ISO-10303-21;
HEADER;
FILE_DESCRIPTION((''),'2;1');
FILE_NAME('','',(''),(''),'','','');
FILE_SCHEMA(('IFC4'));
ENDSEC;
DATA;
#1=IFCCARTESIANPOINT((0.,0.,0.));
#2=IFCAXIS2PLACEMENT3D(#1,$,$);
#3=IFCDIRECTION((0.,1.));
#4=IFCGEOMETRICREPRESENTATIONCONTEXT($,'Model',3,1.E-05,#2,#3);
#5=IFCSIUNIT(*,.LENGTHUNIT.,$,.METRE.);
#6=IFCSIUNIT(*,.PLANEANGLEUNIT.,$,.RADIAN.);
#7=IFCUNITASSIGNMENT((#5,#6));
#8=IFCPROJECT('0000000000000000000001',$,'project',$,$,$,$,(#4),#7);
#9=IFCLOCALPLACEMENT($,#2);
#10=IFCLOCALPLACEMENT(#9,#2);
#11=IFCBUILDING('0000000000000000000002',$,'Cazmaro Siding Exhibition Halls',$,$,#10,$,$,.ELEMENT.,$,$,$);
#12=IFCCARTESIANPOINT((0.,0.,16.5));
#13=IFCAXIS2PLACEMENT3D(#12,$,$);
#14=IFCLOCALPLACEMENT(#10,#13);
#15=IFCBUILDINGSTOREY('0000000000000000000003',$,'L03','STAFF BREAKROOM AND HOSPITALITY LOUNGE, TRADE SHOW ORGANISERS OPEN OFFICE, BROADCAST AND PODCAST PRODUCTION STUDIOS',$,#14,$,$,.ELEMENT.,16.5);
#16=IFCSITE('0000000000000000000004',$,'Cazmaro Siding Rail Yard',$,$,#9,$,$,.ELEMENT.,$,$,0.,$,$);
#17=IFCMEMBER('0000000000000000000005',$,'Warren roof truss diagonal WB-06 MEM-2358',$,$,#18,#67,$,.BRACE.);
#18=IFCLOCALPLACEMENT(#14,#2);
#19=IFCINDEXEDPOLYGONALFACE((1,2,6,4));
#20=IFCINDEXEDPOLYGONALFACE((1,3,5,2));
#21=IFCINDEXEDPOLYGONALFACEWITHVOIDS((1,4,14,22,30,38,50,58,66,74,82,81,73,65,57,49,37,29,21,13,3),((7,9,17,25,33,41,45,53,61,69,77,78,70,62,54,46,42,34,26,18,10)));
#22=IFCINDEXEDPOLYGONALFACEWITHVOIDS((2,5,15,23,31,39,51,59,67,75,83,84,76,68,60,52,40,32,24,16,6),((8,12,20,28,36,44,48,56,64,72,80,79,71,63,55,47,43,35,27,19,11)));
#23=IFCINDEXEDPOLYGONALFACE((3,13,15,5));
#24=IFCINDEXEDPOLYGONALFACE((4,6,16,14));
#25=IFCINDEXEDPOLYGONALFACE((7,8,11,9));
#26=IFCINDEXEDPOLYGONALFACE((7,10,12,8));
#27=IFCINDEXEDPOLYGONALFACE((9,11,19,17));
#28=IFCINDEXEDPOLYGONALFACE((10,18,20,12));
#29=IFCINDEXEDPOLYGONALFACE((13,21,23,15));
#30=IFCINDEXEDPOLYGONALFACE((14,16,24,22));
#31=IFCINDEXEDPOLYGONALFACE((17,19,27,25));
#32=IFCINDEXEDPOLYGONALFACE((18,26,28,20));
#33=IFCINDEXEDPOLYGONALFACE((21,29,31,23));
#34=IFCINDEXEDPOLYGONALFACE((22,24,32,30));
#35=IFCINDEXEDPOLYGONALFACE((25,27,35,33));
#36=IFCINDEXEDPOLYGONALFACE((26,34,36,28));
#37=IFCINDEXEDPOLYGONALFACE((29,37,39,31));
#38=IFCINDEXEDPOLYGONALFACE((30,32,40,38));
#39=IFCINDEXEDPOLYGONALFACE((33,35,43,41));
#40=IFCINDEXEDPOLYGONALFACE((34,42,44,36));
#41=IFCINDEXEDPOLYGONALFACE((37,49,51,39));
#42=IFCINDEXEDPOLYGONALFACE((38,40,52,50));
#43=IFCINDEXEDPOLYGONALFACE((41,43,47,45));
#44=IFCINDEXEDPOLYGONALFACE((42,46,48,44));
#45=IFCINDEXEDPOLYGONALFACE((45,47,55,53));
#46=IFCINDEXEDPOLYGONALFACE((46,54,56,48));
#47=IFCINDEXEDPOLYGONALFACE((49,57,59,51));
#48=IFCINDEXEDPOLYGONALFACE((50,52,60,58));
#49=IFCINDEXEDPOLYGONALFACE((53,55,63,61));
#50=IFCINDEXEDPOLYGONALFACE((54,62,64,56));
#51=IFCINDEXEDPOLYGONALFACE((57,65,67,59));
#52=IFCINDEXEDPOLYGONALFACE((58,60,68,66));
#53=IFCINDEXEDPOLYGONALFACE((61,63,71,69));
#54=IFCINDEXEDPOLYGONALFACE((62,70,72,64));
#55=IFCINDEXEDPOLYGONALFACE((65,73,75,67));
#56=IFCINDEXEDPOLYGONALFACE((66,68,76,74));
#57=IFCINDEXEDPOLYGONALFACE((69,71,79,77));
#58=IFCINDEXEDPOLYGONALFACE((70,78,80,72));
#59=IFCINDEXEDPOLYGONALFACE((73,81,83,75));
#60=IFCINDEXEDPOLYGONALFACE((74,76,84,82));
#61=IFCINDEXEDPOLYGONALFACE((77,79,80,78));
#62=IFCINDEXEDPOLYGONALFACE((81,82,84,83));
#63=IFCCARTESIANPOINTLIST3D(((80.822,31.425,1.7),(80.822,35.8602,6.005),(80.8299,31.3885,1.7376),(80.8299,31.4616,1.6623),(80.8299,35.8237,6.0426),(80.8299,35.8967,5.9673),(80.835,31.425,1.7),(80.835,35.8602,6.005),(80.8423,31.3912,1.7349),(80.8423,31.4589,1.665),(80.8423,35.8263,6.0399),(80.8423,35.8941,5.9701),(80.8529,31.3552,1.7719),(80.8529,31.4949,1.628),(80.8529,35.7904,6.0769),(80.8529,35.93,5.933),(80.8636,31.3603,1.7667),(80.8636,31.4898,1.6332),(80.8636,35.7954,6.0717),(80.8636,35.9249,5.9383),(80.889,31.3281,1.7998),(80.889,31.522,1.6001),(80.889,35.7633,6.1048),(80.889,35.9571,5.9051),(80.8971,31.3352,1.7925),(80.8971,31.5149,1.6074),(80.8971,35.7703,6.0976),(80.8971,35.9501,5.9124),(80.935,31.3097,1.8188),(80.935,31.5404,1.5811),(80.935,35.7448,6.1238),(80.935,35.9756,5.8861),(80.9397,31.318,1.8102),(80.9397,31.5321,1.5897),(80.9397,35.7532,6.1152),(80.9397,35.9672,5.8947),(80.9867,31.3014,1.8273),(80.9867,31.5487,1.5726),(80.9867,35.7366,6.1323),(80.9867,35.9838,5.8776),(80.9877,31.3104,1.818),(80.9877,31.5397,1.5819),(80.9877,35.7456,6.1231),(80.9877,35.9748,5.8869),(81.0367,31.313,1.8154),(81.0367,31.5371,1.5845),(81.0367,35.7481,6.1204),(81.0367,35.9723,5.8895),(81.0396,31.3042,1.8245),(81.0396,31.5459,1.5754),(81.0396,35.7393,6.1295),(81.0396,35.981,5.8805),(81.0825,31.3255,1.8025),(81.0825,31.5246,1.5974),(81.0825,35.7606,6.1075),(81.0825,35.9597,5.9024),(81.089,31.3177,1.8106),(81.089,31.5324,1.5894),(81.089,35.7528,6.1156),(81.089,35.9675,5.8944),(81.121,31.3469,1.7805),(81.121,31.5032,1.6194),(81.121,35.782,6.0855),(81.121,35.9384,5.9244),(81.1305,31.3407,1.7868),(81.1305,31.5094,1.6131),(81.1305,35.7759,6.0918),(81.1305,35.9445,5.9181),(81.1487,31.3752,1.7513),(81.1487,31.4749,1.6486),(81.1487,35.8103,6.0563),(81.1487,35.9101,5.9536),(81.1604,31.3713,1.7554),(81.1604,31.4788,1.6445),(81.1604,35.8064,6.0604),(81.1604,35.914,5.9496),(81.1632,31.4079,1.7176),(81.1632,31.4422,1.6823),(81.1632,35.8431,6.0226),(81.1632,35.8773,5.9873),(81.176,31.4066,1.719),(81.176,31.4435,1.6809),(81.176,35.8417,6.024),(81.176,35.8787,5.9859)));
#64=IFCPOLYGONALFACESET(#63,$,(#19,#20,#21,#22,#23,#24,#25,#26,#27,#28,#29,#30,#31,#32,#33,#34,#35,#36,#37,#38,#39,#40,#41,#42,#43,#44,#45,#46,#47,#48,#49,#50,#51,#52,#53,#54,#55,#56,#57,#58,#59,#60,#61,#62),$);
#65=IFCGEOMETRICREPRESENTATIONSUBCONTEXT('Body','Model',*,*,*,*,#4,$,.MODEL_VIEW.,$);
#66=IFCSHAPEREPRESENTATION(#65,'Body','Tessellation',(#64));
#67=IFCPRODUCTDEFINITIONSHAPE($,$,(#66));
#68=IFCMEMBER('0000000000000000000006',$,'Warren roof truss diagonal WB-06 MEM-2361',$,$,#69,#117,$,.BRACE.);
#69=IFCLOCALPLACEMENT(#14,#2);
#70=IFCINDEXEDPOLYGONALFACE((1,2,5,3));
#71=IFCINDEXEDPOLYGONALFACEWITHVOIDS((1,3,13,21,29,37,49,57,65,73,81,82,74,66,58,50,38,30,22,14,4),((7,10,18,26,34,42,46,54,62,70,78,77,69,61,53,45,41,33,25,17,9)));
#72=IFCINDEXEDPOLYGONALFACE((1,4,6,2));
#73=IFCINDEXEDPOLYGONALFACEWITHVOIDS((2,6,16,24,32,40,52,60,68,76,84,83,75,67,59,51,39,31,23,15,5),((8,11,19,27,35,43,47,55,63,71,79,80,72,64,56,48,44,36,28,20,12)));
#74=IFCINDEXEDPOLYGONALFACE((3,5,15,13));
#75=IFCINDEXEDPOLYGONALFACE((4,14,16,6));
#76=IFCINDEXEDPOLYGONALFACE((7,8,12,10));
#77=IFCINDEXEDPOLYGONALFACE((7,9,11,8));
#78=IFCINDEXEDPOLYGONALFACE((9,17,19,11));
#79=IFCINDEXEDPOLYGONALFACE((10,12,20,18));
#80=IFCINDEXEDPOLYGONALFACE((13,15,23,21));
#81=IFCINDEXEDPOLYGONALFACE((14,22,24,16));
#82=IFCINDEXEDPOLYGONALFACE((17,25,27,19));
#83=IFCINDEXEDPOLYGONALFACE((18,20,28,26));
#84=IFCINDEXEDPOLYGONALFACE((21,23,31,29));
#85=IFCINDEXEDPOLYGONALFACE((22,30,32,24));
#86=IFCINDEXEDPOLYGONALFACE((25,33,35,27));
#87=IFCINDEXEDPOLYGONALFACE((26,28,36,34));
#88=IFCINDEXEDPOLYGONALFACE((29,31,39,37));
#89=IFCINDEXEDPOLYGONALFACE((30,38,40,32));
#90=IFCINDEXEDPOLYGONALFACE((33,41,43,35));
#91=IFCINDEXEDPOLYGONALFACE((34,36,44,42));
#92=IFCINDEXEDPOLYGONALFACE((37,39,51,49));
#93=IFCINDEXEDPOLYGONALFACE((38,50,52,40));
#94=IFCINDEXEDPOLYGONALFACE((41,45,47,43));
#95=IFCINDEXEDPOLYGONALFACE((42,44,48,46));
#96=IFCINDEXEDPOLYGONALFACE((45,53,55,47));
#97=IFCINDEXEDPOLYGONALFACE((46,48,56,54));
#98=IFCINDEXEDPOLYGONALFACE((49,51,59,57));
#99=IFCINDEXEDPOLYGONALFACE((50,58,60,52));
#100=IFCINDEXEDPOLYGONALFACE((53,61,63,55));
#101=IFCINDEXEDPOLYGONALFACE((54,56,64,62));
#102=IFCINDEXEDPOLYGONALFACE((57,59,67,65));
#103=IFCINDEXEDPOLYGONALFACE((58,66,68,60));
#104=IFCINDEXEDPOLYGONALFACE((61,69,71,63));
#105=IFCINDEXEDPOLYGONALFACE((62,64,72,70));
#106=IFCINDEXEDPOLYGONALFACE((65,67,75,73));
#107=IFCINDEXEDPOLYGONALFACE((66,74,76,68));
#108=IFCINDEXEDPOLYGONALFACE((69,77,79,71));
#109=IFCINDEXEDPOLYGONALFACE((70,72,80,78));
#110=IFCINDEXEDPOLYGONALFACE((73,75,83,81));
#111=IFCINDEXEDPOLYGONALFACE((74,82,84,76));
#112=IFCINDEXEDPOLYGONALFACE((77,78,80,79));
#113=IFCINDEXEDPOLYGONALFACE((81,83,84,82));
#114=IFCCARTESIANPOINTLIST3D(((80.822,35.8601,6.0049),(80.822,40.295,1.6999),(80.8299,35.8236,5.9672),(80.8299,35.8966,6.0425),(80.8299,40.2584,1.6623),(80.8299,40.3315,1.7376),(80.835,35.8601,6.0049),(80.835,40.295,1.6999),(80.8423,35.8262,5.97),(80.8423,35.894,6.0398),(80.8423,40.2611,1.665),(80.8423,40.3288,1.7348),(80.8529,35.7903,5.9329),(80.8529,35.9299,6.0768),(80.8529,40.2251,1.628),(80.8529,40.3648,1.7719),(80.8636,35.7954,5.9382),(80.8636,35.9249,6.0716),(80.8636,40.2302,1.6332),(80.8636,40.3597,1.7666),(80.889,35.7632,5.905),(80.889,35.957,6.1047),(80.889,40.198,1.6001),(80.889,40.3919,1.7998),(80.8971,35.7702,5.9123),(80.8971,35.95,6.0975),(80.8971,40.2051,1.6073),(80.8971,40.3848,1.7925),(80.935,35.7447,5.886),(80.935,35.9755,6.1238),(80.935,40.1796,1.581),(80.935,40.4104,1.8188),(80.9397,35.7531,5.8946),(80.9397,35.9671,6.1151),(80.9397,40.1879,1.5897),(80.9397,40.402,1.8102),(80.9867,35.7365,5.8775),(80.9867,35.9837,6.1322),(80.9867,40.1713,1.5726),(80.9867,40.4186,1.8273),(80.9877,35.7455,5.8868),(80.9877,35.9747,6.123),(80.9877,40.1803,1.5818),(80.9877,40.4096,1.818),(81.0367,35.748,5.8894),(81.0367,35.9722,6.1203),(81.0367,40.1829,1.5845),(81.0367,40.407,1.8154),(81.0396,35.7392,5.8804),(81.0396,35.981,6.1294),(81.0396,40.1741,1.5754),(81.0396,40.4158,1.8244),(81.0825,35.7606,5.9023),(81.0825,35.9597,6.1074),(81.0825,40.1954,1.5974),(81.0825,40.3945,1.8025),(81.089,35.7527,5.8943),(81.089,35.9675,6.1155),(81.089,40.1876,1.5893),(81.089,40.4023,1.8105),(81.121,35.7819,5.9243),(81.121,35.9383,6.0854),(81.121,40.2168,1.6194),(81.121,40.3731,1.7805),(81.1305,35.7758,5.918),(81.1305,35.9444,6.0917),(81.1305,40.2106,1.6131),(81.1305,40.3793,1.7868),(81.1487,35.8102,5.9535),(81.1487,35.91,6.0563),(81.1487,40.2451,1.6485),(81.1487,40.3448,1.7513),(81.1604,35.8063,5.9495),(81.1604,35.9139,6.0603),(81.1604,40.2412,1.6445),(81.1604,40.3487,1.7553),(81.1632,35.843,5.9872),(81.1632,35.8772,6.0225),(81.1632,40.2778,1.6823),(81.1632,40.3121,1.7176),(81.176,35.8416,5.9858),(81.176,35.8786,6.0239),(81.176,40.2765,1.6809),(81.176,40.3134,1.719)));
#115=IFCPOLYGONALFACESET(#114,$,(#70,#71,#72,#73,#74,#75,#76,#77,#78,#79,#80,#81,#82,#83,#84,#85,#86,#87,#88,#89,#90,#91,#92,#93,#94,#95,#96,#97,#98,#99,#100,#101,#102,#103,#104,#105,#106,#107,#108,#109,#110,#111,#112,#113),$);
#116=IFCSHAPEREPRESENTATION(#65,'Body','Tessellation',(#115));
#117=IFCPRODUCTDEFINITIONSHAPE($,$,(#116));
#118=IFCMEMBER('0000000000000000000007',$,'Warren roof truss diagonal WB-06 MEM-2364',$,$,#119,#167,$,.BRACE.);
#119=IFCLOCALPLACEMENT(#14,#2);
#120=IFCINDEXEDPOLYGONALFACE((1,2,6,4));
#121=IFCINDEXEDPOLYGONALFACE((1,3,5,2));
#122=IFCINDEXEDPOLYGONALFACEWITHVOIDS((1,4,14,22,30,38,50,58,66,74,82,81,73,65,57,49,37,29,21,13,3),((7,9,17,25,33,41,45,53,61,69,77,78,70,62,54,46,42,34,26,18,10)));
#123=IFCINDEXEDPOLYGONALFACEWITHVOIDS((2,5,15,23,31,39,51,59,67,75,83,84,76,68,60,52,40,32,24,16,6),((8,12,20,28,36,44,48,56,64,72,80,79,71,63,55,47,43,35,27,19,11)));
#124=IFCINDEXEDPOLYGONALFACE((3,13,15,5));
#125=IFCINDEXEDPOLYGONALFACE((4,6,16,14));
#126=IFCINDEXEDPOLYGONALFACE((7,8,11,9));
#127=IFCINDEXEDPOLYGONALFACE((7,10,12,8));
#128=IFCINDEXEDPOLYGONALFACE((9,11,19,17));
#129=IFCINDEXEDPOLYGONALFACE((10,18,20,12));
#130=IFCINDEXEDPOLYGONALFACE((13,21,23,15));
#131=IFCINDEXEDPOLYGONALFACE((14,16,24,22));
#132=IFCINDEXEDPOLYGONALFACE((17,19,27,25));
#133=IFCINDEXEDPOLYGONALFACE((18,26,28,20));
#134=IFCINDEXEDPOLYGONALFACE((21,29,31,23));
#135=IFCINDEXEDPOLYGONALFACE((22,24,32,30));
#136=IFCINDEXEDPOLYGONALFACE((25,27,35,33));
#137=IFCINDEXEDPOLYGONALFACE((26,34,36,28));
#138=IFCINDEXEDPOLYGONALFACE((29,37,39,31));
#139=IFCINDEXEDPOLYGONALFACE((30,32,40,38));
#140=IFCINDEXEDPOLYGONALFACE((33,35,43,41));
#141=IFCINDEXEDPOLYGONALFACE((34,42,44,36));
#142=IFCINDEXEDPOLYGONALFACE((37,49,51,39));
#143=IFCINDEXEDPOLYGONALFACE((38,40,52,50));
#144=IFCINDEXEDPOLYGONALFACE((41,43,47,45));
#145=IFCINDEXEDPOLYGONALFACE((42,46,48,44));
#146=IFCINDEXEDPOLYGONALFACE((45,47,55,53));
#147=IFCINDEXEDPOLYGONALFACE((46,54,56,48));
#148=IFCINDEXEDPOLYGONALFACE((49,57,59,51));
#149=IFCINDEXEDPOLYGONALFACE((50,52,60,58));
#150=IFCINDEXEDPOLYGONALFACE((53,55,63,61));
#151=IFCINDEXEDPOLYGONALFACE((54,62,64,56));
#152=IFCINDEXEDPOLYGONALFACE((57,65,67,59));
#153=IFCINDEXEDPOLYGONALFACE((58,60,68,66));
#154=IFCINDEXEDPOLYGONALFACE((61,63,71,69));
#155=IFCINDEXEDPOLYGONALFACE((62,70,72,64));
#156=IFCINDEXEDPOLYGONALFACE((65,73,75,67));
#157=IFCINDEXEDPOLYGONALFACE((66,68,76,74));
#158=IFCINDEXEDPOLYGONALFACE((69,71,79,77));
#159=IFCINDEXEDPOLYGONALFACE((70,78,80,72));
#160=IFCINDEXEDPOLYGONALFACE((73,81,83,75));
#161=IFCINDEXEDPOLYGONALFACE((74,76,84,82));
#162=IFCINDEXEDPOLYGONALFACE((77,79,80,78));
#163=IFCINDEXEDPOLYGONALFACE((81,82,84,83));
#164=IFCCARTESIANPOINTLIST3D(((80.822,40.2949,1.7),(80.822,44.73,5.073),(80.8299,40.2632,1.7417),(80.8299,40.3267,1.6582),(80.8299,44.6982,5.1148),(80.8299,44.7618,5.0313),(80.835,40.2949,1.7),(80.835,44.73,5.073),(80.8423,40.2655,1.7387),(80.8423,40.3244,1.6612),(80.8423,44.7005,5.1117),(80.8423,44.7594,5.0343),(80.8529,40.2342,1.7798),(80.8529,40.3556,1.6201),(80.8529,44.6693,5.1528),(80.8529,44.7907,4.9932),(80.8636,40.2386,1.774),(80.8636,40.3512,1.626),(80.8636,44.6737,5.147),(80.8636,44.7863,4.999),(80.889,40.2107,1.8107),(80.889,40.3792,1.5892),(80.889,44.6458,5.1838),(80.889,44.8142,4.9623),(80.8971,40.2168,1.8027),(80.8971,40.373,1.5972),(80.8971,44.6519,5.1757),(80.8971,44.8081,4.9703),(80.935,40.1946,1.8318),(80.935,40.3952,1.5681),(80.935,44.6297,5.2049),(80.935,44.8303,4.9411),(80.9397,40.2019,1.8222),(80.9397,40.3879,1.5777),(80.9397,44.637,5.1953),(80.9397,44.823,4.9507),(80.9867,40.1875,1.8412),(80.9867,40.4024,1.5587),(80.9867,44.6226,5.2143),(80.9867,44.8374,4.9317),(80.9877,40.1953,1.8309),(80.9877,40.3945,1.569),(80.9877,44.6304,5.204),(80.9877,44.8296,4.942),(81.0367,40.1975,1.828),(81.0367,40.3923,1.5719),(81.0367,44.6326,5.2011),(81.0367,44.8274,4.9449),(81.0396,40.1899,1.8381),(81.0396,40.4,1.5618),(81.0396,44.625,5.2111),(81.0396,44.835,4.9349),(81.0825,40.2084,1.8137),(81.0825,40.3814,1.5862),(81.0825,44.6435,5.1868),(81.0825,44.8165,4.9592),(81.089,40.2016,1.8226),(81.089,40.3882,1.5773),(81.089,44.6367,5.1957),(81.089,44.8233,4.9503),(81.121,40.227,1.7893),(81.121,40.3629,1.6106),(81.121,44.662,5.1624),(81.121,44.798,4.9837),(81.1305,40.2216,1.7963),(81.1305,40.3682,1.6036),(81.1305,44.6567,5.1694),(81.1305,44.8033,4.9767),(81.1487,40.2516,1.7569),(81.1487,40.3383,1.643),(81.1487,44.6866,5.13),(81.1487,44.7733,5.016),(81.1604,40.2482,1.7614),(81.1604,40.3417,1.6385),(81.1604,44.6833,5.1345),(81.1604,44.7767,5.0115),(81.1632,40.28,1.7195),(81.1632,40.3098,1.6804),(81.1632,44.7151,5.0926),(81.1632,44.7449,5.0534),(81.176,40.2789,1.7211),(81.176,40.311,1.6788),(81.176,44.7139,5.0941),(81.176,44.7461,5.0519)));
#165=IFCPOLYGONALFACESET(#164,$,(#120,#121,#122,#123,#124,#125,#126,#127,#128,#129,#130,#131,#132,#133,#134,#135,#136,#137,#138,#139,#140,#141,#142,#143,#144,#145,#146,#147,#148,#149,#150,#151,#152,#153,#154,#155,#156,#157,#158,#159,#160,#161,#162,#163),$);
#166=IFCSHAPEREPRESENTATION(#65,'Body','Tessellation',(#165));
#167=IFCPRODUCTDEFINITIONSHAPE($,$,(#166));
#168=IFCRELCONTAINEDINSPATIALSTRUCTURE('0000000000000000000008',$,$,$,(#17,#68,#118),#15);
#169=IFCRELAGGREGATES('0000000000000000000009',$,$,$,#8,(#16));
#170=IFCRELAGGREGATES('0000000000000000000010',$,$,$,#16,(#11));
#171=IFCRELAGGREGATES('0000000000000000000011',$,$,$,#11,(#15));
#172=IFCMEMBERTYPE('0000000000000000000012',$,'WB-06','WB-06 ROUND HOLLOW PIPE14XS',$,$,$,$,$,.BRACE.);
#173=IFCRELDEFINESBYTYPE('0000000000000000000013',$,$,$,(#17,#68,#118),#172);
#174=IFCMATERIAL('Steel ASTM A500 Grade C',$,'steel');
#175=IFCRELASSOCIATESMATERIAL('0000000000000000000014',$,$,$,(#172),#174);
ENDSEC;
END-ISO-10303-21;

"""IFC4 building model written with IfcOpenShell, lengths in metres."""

from ifc_helpers import new_model, si_unit, direction, frame, origin, origin_2d, place, context, subcontext, project, spatial, hollow_circle, extrude, material, material_profile, profile_set, type_object, element, save


model = new_model("IFC4")

# Units and contexts
model_context = context("Model", 3, precision=1e-05, world=origin(), true_north=direction((0.0, 1.0)))
body_context = subcontext(model_context, "Body", "Model", "MODEL_VIEW")
ifc_project = project(units=[si_unit("LENGTHUNIT", "METRE"), si_unit("PLANEANGLEUNIT", "RADIAN")], contexts=[model_context])

# Site, building, storey
site_placement = place(None, origin())
site = spatial("IfcSite", under=ifc_project, at=site_placement, Name="Cazmaro Siding Rail Yard", CompositionType="ELEMENT", RefElevation=0.0)
building_placement = place(site_placement, origin())
building = spatial("IfcBuilding", under=site, at=building_placement, Name="Cazmaro Siding Exhibition Halls", CompositionType="ELEMENT")
storey_placement = place(building_placement, frame((0.0, 0.0, 16.5)))
storey = spatial("IfcBuildingStorey", under=building, at=storey_placement, Name="L03", Description="STAFF BREAKROOM AND HOSPITALITY LOUNGE, TRADE SHOW ORGANISERS OPEN OFFICE, BROADCAST AND PODCAST PRODUCTION STUDIOS", CompositionType="ELEMENT", Elevation=16.5)

# Members
ifc_material_1 = material(Name="Steel ASTM A500 Grade C", Category="steel")
ifc_material_profile_1 = material_profile(ifc_material_1, hollow_circle(Radius=0.178, WallThickness=0.0129, at=origin_2d()), Name="PIPE14XS")
ifc_profile_set_1 = profile_set([ifc_material_profile_1], Name="Steel ASTM A500 Grade C")
member_type_1 = type_object("IfcMemberType", Name="WB-06", Description="WB-06 ROUND HOLLOW PIPE14XS", PredefinedType="BRACE", material=ifc_profile_set_1)
member_1_placement = place(storey_placement, frame((81.0, 31.425, 1.7), z_axis=(0.0, 0.717555, 0.696502), x_axis=(-1.0, 0.0, 0.0)))
element("IfcMember", 1, at=member_1_placement, inside=storey, type_object=member_type_1, Name="Warren roof truss diagonal WB-06 MEM-2358", PredefinedType="BRACE", context=body_context, shape_type="SweptSolid", body=[
    extrude(hollow_circle(Radius=0.178, WallThickness=0.0129, at=origin_2d()), origin(), (0.0, 0.0, 1.0), 6.1809),
])
member_2_placement = place(storey_placement, frame((81.0, 35.8601, 6.0049), z_axis=(0.0, 0.717536, -0.696521), x_axis=(-1.0, 0.0, 0.0)))
element("IfcMember", 2, at=member_2_placement, inside=storey, type_object=member_type_1, Name="Warren roof truss diagonal WB-06 MEM-2361", PredefinedType="BRACE", context=body_context, shape_type="SweptSolid", body=[
    extrude(hollow_circle(Radius=0.178, WallThickness=0.0129, at=origin_2d()), origin(), (0.0, 0.0, 1.0), 6.1807),
])
for number, where, z_axis, x_axis, name in (
    (3, (81.0, 40.2949, 1.7), (0.0, 0.795954, 0.605357), (-1.0, 0.0, 0.0), "Warren roof truss diagonal WB-06 MEM-2364"),
):
    element("IfcMember", number, at=place(storey_placement, frame(where, z_axis=z_axis, x_axis=x_axis)), inside=storey, type_object=member_type_1, Name=name, PredefinedType="BRACE", context=body_context, shape_type="SweptSolid", body=[
        extrude(hollow_circle(Radius=0.178, WallThickness=0.0129, at=origin_2d()), origin(), (0.0, 0.0, 1.0), 5.572),
    ])

save(model, "model.ifc")
